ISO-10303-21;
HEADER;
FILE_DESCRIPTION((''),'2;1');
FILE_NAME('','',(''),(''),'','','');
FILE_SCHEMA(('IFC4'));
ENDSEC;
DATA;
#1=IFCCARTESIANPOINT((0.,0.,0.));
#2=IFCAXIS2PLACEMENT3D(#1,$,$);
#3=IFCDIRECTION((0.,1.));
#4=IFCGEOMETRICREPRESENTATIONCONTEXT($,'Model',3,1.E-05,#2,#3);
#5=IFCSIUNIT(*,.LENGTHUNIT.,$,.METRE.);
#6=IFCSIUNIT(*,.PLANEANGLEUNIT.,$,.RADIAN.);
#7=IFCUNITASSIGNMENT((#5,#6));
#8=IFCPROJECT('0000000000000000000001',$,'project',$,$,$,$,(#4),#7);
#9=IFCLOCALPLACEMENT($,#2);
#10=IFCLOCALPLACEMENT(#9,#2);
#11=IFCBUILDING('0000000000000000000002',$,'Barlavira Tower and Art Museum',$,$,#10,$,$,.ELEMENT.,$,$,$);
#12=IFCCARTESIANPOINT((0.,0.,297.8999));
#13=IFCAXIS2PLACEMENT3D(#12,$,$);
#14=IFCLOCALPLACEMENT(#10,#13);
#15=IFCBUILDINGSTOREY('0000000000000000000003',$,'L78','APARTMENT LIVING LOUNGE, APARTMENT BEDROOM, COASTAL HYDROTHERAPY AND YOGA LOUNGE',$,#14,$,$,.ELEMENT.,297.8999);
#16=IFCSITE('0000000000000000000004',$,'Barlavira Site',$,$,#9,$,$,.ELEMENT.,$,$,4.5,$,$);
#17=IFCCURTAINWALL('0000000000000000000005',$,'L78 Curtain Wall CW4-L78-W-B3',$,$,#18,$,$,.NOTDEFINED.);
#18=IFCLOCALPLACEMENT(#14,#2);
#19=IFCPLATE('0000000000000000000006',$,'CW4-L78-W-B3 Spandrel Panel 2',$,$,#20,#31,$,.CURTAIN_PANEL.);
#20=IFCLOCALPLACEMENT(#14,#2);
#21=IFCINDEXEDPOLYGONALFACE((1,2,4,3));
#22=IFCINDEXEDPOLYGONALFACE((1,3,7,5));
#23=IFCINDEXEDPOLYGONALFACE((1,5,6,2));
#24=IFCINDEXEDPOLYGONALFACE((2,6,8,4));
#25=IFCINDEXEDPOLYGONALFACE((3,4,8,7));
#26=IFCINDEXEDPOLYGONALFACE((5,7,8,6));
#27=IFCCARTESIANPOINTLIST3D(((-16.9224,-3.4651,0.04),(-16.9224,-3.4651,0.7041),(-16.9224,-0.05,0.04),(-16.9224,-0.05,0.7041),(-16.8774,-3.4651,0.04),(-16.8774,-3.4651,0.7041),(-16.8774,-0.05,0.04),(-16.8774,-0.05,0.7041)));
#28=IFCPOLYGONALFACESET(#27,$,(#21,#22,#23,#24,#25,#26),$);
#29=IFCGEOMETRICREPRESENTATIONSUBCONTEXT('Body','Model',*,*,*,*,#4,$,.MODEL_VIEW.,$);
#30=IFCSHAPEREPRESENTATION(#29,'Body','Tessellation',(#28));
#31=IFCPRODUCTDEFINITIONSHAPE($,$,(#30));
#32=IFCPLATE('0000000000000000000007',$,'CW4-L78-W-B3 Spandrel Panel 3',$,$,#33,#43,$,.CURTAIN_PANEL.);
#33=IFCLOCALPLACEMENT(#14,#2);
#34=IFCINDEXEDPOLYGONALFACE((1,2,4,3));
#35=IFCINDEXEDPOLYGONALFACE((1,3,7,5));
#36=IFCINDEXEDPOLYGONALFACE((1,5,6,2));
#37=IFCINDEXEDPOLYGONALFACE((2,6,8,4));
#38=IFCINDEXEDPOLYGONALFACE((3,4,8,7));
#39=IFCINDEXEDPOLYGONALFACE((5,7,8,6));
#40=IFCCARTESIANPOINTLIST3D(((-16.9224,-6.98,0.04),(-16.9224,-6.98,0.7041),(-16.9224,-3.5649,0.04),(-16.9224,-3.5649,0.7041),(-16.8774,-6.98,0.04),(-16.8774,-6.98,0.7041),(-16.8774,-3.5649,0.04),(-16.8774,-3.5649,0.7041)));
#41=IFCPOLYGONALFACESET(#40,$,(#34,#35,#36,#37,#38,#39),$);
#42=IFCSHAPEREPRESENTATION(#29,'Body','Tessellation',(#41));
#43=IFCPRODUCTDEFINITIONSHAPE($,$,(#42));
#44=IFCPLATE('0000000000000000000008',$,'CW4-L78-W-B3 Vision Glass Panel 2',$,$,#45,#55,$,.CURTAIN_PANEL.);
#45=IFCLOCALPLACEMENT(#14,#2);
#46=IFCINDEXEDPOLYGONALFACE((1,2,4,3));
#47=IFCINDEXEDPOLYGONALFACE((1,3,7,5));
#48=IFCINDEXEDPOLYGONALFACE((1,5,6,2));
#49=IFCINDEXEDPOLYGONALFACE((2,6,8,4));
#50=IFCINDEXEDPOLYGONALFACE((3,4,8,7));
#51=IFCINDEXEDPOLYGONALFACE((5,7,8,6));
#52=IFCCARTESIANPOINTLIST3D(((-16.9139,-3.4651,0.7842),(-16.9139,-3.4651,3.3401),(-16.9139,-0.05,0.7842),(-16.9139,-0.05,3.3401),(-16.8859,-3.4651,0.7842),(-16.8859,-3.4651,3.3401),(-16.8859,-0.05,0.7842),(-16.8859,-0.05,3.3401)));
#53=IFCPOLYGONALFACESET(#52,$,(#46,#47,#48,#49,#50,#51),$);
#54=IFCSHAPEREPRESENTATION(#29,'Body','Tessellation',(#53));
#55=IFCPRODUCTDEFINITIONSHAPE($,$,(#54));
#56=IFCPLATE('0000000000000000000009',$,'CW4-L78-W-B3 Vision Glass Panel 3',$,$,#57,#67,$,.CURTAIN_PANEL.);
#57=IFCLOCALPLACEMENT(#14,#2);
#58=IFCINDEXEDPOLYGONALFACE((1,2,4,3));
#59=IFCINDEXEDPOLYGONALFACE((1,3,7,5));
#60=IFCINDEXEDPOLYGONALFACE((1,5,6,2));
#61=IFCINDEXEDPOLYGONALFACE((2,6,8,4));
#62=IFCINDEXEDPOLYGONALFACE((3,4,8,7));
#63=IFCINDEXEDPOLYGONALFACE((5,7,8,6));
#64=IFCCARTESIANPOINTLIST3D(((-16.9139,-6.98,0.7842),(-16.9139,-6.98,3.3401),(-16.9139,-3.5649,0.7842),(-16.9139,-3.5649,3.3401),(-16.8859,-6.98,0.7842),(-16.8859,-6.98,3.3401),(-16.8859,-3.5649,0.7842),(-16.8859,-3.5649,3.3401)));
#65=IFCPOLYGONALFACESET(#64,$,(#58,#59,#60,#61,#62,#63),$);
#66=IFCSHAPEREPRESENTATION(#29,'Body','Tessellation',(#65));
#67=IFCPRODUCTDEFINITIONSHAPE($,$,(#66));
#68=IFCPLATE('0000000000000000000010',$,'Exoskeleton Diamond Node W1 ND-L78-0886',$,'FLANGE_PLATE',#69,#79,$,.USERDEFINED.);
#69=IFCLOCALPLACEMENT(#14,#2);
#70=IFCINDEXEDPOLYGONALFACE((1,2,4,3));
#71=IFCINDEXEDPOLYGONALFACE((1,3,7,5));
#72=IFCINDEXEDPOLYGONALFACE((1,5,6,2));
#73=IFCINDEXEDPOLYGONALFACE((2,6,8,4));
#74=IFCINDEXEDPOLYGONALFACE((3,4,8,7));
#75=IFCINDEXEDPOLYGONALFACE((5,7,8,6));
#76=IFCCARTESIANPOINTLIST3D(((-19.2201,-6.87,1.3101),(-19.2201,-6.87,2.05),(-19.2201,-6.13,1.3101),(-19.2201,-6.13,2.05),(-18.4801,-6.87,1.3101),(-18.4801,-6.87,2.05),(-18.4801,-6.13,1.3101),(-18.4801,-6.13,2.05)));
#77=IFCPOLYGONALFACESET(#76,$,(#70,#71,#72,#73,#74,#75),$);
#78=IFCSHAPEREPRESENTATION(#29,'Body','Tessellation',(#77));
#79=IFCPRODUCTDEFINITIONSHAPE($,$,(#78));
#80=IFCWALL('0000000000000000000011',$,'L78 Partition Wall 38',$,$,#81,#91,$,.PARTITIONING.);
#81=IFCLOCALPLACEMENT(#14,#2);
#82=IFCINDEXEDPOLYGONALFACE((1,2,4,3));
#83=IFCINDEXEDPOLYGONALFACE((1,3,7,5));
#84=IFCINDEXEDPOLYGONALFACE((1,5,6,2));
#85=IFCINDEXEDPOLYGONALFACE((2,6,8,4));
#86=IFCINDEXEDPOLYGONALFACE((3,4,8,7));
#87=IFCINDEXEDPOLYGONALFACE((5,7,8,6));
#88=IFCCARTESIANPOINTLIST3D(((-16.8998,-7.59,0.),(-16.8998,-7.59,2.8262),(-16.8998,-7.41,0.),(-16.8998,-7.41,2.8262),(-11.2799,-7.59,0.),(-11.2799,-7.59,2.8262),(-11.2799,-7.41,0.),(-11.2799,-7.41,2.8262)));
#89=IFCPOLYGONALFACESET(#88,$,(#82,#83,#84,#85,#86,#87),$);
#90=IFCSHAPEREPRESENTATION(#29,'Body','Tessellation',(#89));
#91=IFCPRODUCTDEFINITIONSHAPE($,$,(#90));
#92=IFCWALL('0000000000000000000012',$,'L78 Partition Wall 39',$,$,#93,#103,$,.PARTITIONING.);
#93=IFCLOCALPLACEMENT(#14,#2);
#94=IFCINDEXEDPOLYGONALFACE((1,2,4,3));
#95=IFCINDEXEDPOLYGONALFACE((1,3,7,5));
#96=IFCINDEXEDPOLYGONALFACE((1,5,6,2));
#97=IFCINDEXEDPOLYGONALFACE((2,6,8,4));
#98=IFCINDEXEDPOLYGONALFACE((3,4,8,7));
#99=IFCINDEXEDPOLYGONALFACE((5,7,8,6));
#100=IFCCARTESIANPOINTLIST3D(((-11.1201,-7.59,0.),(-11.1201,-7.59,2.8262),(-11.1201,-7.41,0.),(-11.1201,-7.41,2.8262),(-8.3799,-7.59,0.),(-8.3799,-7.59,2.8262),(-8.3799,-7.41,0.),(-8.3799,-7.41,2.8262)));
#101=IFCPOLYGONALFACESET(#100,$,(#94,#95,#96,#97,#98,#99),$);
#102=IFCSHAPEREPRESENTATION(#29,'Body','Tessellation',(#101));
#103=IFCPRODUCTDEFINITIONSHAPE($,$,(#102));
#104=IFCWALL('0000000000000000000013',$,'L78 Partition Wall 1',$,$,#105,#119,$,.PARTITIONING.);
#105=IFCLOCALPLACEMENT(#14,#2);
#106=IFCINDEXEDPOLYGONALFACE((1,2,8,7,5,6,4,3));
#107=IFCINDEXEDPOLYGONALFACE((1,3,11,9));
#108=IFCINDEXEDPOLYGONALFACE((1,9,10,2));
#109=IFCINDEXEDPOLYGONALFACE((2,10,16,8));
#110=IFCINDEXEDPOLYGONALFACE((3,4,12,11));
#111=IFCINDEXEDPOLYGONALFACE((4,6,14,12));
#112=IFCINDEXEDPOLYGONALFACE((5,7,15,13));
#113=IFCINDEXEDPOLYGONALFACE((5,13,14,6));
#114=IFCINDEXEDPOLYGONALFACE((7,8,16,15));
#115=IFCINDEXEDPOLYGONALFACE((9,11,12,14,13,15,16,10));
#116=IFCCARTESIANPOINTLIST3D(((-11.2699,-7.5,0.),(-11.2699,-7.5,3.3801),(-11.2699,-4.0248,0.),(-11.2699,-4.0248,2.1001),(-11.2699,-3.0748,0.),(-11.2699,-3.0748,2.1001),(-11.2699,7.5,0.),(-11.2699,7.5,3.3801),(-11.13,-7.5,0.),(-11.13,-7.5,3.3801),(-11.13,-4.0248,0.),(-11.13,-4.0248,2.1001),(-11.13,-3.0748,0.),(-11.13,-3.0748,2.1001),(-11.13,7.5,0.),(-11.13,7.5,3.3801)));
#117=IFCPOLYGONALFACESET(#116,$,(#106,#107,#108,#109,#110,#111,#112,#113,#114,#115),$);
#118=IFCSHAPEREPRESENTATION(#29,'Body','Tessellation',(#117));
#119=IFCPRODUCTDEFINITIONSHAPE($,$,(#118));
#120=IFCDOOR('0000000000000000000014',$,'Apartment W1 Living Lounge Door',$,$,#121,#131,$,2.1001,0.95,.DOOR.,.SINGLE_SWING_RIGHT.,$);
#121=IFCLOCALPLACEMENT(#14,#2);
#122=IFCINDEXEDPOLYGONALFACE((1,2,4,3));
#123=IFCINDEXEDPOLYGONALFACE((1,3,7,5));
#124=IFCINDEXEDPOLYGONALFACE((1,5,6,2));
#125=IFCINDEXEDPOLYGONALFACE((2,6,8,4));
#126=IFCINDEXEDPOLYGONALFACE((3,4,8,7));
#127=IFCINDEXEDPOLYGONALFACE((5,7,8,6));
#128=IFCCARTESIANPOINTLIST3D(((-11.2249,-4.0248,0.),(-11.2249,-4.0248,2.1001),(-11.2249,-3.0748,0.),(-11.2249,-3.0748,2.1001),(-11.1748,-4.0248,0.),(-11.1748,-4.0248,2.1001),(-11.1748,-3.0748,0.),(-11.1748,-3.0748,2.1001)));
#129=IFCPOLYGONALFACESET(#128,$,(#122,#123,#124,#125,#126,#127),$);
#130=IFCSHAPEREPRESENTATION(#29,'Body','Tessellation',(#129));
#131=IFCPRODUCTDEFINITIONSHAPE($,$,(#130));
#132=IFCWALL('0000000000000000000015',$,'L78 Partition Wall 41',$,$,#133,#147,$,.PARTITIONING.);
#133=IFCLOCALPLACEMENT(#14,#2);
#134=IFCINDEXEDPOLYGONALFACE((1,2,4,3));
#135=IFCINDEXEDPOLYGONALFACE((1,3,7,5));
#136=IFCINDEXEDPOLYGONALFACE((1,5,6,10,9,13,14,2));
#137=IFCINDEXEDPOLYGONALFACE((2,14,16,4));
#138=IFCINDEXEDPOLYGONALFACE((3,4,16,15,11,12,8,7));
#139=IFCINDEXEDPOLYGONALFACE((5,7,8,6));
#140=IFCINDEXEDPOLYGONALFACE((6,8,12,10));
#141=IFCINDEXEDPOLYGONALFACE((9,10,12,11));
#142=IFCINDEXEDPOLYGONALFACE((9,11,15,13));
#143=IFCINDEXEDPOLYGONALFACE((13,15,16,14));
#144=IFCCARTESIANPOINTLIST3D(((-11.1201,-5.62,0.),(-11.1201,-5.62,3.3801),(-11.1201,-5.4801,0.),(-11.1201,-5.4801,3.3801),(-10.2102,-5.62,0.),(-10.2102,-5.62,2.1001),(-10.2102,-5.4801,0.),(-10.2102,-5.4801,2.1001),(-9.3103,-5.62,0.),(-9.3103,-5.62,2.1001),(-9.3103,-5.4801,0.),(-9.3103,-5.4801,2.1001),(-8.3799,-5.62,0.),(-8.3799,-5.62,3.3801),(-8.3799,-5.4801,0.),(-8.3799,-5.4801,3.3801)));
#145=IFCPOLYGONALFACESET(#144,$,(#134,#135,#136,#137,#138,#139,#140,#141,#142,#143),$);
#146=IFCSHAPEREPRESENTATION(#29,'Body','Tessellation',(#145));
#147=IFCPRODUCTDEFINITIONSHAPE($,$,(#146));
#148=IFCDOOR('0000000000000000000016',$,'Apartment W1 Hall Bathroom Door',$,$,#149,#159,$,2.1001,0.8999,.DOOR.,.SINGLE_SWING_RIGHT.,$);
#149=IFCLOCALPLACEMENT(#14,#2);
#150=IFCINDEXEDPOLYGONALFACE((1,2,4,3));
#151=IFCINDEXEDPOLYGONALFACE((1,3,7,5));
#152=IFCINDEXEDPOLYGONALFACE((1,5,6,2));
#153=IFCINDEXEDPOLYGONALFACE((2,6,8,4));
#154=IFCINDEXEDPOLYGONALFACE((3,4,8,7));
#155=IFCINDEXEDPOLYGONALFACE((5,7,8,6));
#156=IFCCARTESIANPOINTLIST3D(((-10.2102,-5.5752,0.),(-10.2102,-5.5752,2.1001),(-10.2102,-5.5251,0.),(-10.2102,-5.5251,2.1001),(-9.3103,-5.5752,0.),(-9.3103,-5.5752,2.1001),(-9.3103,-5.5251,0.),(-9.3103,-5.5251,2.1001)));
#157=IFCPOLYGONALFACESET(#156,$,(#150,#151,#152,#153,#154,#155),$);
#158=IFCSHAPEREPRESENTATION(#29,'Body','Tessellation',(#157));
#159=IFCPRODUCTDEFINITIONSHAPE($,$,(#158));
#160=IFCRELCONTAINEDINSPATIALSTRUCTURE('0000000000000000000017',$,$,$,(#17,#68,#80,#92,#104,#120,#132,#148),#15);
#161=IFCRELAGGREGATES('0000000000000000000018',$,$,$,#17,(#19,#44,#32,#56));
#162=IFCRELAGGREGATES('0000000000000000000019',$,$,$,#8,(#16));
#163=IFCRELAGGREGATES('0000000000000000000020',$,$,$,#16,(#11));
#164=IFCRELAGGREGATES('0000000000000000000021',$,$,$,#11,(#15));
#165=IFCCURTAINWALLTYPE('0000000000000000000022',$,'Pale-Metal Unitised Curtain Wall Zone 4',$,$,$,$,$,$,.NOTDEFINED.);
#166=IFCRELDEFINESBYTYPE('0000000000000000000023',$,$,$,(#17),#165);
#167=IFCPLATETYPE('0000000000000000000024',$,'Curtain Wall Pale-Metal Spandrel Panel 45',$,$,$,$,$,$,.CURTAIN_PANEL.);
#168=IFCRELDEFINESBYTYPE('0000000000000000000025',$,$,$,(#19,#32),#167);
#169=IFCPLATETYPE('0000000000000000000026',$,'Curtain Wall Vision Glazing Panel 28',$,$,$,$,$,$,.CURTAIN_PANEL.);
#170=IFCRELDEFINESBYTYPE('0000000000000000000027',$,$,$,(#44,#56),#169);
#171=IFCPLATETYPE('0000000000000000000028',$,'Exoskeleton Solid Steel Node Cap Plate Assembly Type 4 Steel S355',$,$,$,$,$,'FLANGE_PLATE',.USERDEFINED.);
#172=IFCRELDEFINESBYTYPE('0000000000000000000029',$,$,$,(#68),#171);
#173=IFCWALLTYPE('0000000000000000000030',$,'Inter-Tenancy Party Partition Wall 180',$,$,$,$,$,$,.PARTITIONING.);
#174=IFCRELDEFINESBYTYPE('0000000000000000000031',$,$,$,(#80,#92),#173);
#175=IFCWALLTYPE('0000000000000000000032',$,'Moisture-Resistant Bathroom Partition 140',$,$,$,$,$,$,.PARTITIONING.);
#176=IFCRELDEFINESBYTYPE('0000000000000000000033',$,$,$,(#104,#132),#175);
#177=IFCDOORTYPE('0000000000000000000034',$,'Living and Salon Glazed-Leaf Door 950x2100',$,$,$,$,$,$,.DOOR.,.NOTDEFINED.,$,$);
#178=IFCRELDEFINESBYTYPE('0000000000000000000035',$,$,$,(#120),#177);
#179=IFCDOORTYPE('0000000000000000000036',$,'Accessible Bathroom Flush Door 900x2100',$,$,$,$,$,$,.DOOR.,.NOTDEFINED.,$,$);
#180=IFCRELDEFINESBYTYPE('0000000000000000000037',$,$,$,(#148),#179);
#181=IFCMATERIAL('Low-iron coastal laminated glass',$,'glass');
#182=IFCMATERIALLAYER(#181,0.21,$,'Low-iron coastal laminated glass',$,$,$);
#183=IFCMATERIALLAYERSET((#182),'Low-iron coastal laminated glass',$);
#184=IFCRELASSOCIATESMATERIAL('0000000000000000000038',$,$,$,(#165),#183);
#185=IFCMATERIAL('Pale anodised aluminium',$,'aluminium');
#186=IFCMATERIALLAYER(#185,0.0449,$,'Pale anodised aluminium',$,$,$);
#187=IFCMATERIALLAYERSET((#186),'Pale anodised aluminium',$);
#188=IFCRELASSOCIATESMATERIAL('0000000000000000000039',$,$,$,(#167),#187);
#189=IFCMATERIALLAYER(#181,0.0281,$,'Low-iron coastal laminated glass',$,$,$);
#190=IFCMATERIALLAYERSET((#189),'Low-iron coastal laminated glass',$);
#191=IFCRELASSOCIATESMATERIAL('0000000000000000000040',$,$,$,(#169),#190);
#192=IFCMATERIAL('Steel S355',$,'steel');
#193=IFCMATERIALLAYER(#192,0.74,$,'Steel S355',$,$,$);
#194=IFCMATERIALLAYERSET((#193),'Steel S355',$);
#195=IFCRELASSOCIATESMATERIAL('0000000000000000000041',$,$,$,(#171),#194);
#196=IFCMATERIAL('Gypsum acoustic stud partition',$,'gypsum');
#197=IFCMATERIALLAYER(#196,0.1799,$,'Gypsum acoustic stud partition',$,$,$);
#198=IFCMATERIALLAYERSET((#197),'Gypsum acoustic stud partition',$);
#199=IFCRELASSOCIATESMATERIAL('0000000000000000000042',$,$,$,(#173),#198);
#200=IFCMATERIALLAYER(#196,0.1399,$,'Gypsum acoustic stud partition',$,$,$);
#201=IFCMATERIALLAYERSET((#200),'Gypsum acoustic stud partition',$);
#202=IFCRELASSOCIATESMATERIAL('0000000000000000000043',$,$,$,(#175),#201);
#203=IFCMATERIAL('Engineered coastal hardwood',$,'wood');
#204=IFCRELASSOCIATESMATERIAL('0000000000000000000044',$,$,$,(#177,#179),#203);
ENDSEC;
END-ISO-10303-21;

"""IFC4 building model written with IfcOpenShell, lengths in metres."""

from ifc_helpers import new_model, si_unit, direction, frame, frame_2d, origin, origin_2d, place, context, subcontext, project, spatial, rectangle, extrude, material, layer, layer_set, type_object, element, fill, aggregate, save


model = new_model("IFC4")

# Units and contexts
model_context = context("Model", 3, precision=1e-05, world=origin(), true_north=direction((0.0, 1.0)))
body_context = subcontext(model_context, "Body", "Model", "MODEL_VIEW")
ifc_project = project(units=[si_unit("LENGTHUNIT", "METRE"), si_unit("PLANEANGLEUNIT", "RADIAN")], contexts=[model_context])

# Site, building, storey
site_placement = place(None, origin())
site = spatial("IfcSite", under=ifc_project, at=site_placement, Name="Barlavira Site", CompositionType="ELEMENT", RefElevation=4.5)
building_placement = place(site_placement, origin())
building = spatial("IfcBuilding", under=site, at=building_placement, Name="Barlavira Tower and Art Museum", CompositionType="ELEMENT")
storey_placement = place(building_placement, frame((0.0, 0.0, 297.8999)))
storey = spatial("IfcBuildingStorey", under=building, at=storey_placement, Name="L78", Description="APARTMENT LIVING LOUNGE, APARTMENT BEDROOM, COASTAL HYDROTHERAPY AND YOGA LOUNGE", CompositionType="ELEMENT", Elevation=297.8999)

# Curtain wall
ifc_material_1 = material(Name="Low-iron coastal laminated glass", Category="glass")
ifc_layer_1 = layer(ifc_material_1, 0.21, Name="Low-iron coastal laminated glass")
ifc_layer_set_1 = layer_set([ifc_layer_1], Name="Low-iron coastal laminated glass")
curtain_wall_type = type_object("IfcCurtainWallType", Name="Pale-Metal Unitised Curtain Wall Zone 4", PredefinedType="NOTDEFINED", material=ifc_layer_set_1)
curtain_wall_placement = place(storey_placement, origin())
curtain_wall = element("IfcCurtainWall", 1, at=curtain_wall_placement, inside=storey, type_object=curtain_wall_type, Name="L78 Curtain Wall CW4-L78-W-B3", PredefinedType="NOTDEFINED")
ifc_material_2 = material(Name="Pale anodised aluminium", Category="aluminium")

# Shared definitions
ifc_material_3 = material(Name="Steel S355", Category="steel")

# Plates
ifc_layer_2 = layer(ifc_material_2, 0.0449, Name="Pale anodised aluminium")
ifc_layer_set_2 = layer_set([ifc_layer_2], Name="Pale anodised aluminium")
plate_type_1 = type_object("IfcPlateType", Name="Curtain Wall Pale-Metal Spandrel Panel 45", PredefinedType="CURTAIN_PANEL", material=ifc_layer_set_2)
plate_1_placement = place(storey_placement, frame((-16.8999, -1.7576, 0.04), z_axis=(0.0, 0.0, 1.0), x_axis=(0.0, -1.0, 0.0)))
plate_1 = element("IfcPlate", 2, at=plate_1_placement, type_object=plate_type_1, Name="CW4-L78-W-B3 Spandrel Panel 2", PredefinedType="CURTAIN_PANEL", context=body_context, shape_type="SweptSolid", body=[
    extrude(rectangle(XDim=3.415, YDim=0.0449, at=origin_2d()), origin(), (0.0, 0.0, 1.0), 0.6641),
])
plate_2_placement = place(storey_placement, frame((-16.8999, -5.2725, 0.04), z_axis=(0.0, 0.0, 1.0), x_axis=(0.0, -1.0, 0.0)))
plate_2 = element("IfcPlate", 3, at=plate_2_placement, type_object=plate_type_1, Name="CW4-L78-W-B3 Spandrel Panel 3", PredefinedType="CURTAIN_PANEL", context=body_context, shape_type="SweptSolid", body=[
    extrude(rectangle(XDim=3.415, YDim=0.0449, at=origin_2d()), origin(), (0.0, 0.0, 1.0), 0.6641),
])
ifc_layer_3 = layer(ifc_material_1, 0.0281, Name="Low-iron coastal laminated glass")
ifc_layer_set_3 = layer_set([ifc_layer_3], Name="Low-iron coastal laminated glass")
plate_type_2 = type_object("IfcPlateType", Name="Curtain Wall Vision Glazing Panel 28", PredefinedType="CURTAIN_PANEL", material=ifc_layer_set_3)
plate_3_placement = place(storey_placement, frame((-16.8999, -1.7576, 0.7842), z_axis=(0.0, 0.0, 1.0), x_axis=(0.0, -1.0, 0.0)))
plate_3 = element("IfcPlate", 4, at=plate_3_placement, type_object=plate_type_2, Name="CW4-L78-W-B3 Vision Glass Panel 2", PredefinedType="CURTAIN_PANEL", context=body_context, shape_type="SweptSolid", body=[
    extrude(rectangle(XDim=3.415, YDim=0.0281, at=origin_2d()), origin(), (0.0, 0.0, 1.0), 2.5559),
])
plate_4_placement = place(storey_placement, frame((-16.8999, -5.2725, 0.7842), z_axis=(0.0, 0.0, 1.0), x_axis=(0.0, -1.0, 0.0)))
plate_4 = element("IfcPlate", 5, at=plate_4_placement, type_object=plate_type_2, Name="CW4-L78-W-B3 Vision Glass Panel 3", PredefinedType="CURTAIN_PANEL", context=body_context, shape_type="SweptSolid", body=[
    extrude(rectangle(XDim=3.415, YDim=0.0281, at=origin_2d()), origin(), (0.0, 0.0, 1.0), 2.5559),
])
aggregate(curtain_wall, [plate_1, plate_3, plate_2, plate_4])
ifc_layer_4 = layer(ifc_material_3, 0.74, Name="Steel S355")
ifc_layer_set_4 = layer_set([ifc_layer_4], Name="Steel S355")
plate_type_3 = type_object("IfcPlateType", Name="Exoskeleton Solid Steel Node Cap Plate Assembly Type 4 Steel S355", ElementType="FLANGE_PLATE", PredefinedType="USERDEFINED", material=ifc_layer_set_4)
plate_5_placement = place(storey_placement, frame((-18.8501, -6.5, 1.3101), z_axis=(0.0, 0.0, 1.0), x_axis=(1.0, 0.0, 0.0)))
element("IfcPlate", 6, at=plate_5_placement, inside=storey, type_object=plate_type_3, Name="Exoskeleton Diamond Node W1 ND-L78-0886", ObjectType="FLANGE_PLATE", PredefinedType="USERDEFINED", context=body_context, shape_type="SweptSolid", body=[
    extrude(rectangle(XDim=0.74, YDim=0.74, at=origin_2d()), origin(), (0.0, 0.0, 1.0), 0.74),
])

# Walls
ifc_material_4 = material(Name="Gypsum acoustic stud partition", Category="gypsum")
ifc_layer_5 = layer(ifc_material_4, 0.1799, Name="Gypsum acoustic stud partition")
ifc_layer_set_5 = layer_set([ifc_layer_5], Name="Gypsum acoustic stud partition")
wall_type_1 = type_object("IfcWallType", Name="Inter-Tenancy Party Partition Wall 180", PredefinedType="PARTITIONING", material=ifc_layer_set_5)
wall_1_placement = place(storey_placement, frame((-16.8999, -7.5, 0.0), z_axis=(0.0, 0.0, 1.0), x_axis=(1.0, 0.0, 0.0)))
element("IfcWall", 7, at=wall_1_placement, inside=storey, type_object=wall_type_1, Name="L78 Partition Wall 38", PredefinedType="PARTITIONING", context=body_context, shape_type="SweptSolid", body=[
    extrude(rectangle(XDim=5.6199, YDim=0.1799, at=frame_2d((2.8101, 0.0))), origin(), (0.0, 0.0, 1.0), 2.8262),
])
wall_2_placement = place(storey_placement, frame((-11.1201, -7.5, 0.0), z_axis=(0.0, 0.0, 1.0), x_axis=(1.0, 0.0, 0.0)))
element("IfcWall", 8, at=wall_2_placement, inside=storey, type_object=wall_type_1, Name="L78 Partition Wall 39", PredefinedType="PARTITIONING", context=body_context, shape_type="SweptSolid", body=[
    extrude(rectangle(XDim=2.7402, YDim=0.1799, at=frame_2d((1.3701, 0.0))), origin(), (0.0, 0.0, 1.0), 2.8262),
])

# Walls, openings, doors
ifc_layer_6 = layer(ifc_material_4, 0.1399, Name="Gypsum acoustic stud partition")
ifc_layer_set_6 = layer_set([ifc_layer_6], Name="Gypsum acoustic stud partition")
wall_type_2 = type_object("IfcWallType", Name="Moisture-Resistant Bathroom Partition 140", PredefinedType="PARTITIONING", material=ifc_layer_set_6)
wall_3_placement = place(storey_placement, frame((-11.2, -7.5, 0.0), z_axis=(0.0, 0.0, 1.0), x_axis=(0.0, 1.0, 0.0)))
wall_3 = element("IfcWall", 9, at=wall_3_placement, inside=storey, type_object=wall_type_2, Name="L78 Partition Wall 1", PredefinedType="PARTITIONING", context=body_context, shape_type="SweptSolid", body=[
    extrude(rectangle(XDim=15.0, YDim=0.1399, at=frame_2d((7.5, 0.0))), origin(), (0.0, 0.0, 1.0), 3.3801),
])
opening_1_placement = place(wall_3_placement, frame((3.4751, 0.0, 0.0)))
opening_1 = element("IfcOpeningElement", 10, at=opening_1_placement, cuts=wall_3, PredefinedType="OPENING", context=body_context, shape_type="SweptSolid", body=[
    extrude(rectangle(XDim=0.95, YDim=2.1001, at=frame_2d((0.4751, 1.05))), frame((0.0, 0.0801, 0.0), z_axis=(0.0, -1.0, 0.0), x_axis=(1.0, 0.0, 0.0)), (0.0, 0.0, 1.0), 0.1599),
])
ifc_material_5 = material(Name="Engineered coastal hardwood", Category="wood")
door_type_1 = type_object("IfcDoorType", Name="Living and Salon Glazed-Leaf Door 950x2100", OperationType="NOTDEFINED", PredefinedType="DOOR", material=ifc_material_5)
door_1_placement = place(opening_1_placement, origin())
door_1 = element("IfcDoor", 11, at=door_1_placement, inside=storey, type_object=door_type_1, Name="Apartment W1 Living Lounge Door", OperationType="SINGLE_SWING_RIGHT", OverallHeight=2.1001, OverallWidth=0.95, PredefinedType="DOOR", context=body_context, shape_type="SweptSolid", body=[
    extrude(rectangle(XDim=0.95, YDim=2.1001, at=frame_2d((0.4751, 1.05))), frame((0.0, 0.0249, 0.0), z_axis=(0.0, -1.0, 0.0), x_axis=(1.0, 0.0, 0.0)), (0.0, 0.0, 1.0), 0.05),
])
fill(opening_1, door_1)
wall_4_placement = place(storey_placement, frame((-11.1201, -5.55, 0.0), z_axis=(0.0, 0.0, 1.0), x_axis=(1.0, 0.0, 0.0)))
wall_4 = element("IfcWall", 12, at=wall_4_placement, inside=storey, type_object=wall_type_2, Name="L78 Partition Wall 41", PredefinedType="PARTITIONING", context=body_context, shape_type="SweptSolid", body=[
    extrude(rectangle(XDim=2.7402, YDim=0.1399, at=frame_2d((1.3701, 0.0))), origin(), (0.0, 0.0, 1.0), 3.3801),
])
opening_2_placement = place(wall_4_placement, frame((0.9099, 0.0, 0.0)))
opening_2 = element("IfcOpeningElement", 13, at=opening_2_placement, cuts=wall_4, PredefinedType="OPENING", context=body_context, shape_type="SweptSolid", body=[
    extrude(rectangle(XDim=0.8999, YDim=2.1001, at=frame_2d((0.45, 1.05))), frame((0.0, 0.0801, 0.0), z_axis=(0.0, -1.0, 0.0), x_axis=(1.0, 0.0, 0.0)), (0.0, 0.0, 1.0), 0.1599),
])
door_type_2 = type_object("IfcDoorType", Name="Accessible Bathroom Flush Door 900x2100", OperationType="NOTDEFINED", PredefinedType="DOOR", material=ifc_material_5)
door_2_placement = place(opening_2_placement, origin())
door_2 = element("IfcDoor", 14, at=door_2_placement, inside=storey, type_object=door_type_2, Name="Apartment W1 Hall Bathroom Door", OperationType="SINGLE_SWING_RIGHT", OverallHeight=2.1001, OverallWidth=0.8999, PredefinedType="DOOR", context=body_context, shape_type="SweptSolid", body=[
    extrude(rectangle(XDim=0.8999, YDim=2.1001, at=frame_2d((0.45, 1.05))), frame((0.0, 0.0249, 0.0), z_axis=(0.0, -1.0, 0.0), x_axis=(1.0, 0.0, 0.0)), (0.0, 0.0, 1.0), 0.05),
])
fill(opening_2, door_2)

save(model, "model.ifc")
